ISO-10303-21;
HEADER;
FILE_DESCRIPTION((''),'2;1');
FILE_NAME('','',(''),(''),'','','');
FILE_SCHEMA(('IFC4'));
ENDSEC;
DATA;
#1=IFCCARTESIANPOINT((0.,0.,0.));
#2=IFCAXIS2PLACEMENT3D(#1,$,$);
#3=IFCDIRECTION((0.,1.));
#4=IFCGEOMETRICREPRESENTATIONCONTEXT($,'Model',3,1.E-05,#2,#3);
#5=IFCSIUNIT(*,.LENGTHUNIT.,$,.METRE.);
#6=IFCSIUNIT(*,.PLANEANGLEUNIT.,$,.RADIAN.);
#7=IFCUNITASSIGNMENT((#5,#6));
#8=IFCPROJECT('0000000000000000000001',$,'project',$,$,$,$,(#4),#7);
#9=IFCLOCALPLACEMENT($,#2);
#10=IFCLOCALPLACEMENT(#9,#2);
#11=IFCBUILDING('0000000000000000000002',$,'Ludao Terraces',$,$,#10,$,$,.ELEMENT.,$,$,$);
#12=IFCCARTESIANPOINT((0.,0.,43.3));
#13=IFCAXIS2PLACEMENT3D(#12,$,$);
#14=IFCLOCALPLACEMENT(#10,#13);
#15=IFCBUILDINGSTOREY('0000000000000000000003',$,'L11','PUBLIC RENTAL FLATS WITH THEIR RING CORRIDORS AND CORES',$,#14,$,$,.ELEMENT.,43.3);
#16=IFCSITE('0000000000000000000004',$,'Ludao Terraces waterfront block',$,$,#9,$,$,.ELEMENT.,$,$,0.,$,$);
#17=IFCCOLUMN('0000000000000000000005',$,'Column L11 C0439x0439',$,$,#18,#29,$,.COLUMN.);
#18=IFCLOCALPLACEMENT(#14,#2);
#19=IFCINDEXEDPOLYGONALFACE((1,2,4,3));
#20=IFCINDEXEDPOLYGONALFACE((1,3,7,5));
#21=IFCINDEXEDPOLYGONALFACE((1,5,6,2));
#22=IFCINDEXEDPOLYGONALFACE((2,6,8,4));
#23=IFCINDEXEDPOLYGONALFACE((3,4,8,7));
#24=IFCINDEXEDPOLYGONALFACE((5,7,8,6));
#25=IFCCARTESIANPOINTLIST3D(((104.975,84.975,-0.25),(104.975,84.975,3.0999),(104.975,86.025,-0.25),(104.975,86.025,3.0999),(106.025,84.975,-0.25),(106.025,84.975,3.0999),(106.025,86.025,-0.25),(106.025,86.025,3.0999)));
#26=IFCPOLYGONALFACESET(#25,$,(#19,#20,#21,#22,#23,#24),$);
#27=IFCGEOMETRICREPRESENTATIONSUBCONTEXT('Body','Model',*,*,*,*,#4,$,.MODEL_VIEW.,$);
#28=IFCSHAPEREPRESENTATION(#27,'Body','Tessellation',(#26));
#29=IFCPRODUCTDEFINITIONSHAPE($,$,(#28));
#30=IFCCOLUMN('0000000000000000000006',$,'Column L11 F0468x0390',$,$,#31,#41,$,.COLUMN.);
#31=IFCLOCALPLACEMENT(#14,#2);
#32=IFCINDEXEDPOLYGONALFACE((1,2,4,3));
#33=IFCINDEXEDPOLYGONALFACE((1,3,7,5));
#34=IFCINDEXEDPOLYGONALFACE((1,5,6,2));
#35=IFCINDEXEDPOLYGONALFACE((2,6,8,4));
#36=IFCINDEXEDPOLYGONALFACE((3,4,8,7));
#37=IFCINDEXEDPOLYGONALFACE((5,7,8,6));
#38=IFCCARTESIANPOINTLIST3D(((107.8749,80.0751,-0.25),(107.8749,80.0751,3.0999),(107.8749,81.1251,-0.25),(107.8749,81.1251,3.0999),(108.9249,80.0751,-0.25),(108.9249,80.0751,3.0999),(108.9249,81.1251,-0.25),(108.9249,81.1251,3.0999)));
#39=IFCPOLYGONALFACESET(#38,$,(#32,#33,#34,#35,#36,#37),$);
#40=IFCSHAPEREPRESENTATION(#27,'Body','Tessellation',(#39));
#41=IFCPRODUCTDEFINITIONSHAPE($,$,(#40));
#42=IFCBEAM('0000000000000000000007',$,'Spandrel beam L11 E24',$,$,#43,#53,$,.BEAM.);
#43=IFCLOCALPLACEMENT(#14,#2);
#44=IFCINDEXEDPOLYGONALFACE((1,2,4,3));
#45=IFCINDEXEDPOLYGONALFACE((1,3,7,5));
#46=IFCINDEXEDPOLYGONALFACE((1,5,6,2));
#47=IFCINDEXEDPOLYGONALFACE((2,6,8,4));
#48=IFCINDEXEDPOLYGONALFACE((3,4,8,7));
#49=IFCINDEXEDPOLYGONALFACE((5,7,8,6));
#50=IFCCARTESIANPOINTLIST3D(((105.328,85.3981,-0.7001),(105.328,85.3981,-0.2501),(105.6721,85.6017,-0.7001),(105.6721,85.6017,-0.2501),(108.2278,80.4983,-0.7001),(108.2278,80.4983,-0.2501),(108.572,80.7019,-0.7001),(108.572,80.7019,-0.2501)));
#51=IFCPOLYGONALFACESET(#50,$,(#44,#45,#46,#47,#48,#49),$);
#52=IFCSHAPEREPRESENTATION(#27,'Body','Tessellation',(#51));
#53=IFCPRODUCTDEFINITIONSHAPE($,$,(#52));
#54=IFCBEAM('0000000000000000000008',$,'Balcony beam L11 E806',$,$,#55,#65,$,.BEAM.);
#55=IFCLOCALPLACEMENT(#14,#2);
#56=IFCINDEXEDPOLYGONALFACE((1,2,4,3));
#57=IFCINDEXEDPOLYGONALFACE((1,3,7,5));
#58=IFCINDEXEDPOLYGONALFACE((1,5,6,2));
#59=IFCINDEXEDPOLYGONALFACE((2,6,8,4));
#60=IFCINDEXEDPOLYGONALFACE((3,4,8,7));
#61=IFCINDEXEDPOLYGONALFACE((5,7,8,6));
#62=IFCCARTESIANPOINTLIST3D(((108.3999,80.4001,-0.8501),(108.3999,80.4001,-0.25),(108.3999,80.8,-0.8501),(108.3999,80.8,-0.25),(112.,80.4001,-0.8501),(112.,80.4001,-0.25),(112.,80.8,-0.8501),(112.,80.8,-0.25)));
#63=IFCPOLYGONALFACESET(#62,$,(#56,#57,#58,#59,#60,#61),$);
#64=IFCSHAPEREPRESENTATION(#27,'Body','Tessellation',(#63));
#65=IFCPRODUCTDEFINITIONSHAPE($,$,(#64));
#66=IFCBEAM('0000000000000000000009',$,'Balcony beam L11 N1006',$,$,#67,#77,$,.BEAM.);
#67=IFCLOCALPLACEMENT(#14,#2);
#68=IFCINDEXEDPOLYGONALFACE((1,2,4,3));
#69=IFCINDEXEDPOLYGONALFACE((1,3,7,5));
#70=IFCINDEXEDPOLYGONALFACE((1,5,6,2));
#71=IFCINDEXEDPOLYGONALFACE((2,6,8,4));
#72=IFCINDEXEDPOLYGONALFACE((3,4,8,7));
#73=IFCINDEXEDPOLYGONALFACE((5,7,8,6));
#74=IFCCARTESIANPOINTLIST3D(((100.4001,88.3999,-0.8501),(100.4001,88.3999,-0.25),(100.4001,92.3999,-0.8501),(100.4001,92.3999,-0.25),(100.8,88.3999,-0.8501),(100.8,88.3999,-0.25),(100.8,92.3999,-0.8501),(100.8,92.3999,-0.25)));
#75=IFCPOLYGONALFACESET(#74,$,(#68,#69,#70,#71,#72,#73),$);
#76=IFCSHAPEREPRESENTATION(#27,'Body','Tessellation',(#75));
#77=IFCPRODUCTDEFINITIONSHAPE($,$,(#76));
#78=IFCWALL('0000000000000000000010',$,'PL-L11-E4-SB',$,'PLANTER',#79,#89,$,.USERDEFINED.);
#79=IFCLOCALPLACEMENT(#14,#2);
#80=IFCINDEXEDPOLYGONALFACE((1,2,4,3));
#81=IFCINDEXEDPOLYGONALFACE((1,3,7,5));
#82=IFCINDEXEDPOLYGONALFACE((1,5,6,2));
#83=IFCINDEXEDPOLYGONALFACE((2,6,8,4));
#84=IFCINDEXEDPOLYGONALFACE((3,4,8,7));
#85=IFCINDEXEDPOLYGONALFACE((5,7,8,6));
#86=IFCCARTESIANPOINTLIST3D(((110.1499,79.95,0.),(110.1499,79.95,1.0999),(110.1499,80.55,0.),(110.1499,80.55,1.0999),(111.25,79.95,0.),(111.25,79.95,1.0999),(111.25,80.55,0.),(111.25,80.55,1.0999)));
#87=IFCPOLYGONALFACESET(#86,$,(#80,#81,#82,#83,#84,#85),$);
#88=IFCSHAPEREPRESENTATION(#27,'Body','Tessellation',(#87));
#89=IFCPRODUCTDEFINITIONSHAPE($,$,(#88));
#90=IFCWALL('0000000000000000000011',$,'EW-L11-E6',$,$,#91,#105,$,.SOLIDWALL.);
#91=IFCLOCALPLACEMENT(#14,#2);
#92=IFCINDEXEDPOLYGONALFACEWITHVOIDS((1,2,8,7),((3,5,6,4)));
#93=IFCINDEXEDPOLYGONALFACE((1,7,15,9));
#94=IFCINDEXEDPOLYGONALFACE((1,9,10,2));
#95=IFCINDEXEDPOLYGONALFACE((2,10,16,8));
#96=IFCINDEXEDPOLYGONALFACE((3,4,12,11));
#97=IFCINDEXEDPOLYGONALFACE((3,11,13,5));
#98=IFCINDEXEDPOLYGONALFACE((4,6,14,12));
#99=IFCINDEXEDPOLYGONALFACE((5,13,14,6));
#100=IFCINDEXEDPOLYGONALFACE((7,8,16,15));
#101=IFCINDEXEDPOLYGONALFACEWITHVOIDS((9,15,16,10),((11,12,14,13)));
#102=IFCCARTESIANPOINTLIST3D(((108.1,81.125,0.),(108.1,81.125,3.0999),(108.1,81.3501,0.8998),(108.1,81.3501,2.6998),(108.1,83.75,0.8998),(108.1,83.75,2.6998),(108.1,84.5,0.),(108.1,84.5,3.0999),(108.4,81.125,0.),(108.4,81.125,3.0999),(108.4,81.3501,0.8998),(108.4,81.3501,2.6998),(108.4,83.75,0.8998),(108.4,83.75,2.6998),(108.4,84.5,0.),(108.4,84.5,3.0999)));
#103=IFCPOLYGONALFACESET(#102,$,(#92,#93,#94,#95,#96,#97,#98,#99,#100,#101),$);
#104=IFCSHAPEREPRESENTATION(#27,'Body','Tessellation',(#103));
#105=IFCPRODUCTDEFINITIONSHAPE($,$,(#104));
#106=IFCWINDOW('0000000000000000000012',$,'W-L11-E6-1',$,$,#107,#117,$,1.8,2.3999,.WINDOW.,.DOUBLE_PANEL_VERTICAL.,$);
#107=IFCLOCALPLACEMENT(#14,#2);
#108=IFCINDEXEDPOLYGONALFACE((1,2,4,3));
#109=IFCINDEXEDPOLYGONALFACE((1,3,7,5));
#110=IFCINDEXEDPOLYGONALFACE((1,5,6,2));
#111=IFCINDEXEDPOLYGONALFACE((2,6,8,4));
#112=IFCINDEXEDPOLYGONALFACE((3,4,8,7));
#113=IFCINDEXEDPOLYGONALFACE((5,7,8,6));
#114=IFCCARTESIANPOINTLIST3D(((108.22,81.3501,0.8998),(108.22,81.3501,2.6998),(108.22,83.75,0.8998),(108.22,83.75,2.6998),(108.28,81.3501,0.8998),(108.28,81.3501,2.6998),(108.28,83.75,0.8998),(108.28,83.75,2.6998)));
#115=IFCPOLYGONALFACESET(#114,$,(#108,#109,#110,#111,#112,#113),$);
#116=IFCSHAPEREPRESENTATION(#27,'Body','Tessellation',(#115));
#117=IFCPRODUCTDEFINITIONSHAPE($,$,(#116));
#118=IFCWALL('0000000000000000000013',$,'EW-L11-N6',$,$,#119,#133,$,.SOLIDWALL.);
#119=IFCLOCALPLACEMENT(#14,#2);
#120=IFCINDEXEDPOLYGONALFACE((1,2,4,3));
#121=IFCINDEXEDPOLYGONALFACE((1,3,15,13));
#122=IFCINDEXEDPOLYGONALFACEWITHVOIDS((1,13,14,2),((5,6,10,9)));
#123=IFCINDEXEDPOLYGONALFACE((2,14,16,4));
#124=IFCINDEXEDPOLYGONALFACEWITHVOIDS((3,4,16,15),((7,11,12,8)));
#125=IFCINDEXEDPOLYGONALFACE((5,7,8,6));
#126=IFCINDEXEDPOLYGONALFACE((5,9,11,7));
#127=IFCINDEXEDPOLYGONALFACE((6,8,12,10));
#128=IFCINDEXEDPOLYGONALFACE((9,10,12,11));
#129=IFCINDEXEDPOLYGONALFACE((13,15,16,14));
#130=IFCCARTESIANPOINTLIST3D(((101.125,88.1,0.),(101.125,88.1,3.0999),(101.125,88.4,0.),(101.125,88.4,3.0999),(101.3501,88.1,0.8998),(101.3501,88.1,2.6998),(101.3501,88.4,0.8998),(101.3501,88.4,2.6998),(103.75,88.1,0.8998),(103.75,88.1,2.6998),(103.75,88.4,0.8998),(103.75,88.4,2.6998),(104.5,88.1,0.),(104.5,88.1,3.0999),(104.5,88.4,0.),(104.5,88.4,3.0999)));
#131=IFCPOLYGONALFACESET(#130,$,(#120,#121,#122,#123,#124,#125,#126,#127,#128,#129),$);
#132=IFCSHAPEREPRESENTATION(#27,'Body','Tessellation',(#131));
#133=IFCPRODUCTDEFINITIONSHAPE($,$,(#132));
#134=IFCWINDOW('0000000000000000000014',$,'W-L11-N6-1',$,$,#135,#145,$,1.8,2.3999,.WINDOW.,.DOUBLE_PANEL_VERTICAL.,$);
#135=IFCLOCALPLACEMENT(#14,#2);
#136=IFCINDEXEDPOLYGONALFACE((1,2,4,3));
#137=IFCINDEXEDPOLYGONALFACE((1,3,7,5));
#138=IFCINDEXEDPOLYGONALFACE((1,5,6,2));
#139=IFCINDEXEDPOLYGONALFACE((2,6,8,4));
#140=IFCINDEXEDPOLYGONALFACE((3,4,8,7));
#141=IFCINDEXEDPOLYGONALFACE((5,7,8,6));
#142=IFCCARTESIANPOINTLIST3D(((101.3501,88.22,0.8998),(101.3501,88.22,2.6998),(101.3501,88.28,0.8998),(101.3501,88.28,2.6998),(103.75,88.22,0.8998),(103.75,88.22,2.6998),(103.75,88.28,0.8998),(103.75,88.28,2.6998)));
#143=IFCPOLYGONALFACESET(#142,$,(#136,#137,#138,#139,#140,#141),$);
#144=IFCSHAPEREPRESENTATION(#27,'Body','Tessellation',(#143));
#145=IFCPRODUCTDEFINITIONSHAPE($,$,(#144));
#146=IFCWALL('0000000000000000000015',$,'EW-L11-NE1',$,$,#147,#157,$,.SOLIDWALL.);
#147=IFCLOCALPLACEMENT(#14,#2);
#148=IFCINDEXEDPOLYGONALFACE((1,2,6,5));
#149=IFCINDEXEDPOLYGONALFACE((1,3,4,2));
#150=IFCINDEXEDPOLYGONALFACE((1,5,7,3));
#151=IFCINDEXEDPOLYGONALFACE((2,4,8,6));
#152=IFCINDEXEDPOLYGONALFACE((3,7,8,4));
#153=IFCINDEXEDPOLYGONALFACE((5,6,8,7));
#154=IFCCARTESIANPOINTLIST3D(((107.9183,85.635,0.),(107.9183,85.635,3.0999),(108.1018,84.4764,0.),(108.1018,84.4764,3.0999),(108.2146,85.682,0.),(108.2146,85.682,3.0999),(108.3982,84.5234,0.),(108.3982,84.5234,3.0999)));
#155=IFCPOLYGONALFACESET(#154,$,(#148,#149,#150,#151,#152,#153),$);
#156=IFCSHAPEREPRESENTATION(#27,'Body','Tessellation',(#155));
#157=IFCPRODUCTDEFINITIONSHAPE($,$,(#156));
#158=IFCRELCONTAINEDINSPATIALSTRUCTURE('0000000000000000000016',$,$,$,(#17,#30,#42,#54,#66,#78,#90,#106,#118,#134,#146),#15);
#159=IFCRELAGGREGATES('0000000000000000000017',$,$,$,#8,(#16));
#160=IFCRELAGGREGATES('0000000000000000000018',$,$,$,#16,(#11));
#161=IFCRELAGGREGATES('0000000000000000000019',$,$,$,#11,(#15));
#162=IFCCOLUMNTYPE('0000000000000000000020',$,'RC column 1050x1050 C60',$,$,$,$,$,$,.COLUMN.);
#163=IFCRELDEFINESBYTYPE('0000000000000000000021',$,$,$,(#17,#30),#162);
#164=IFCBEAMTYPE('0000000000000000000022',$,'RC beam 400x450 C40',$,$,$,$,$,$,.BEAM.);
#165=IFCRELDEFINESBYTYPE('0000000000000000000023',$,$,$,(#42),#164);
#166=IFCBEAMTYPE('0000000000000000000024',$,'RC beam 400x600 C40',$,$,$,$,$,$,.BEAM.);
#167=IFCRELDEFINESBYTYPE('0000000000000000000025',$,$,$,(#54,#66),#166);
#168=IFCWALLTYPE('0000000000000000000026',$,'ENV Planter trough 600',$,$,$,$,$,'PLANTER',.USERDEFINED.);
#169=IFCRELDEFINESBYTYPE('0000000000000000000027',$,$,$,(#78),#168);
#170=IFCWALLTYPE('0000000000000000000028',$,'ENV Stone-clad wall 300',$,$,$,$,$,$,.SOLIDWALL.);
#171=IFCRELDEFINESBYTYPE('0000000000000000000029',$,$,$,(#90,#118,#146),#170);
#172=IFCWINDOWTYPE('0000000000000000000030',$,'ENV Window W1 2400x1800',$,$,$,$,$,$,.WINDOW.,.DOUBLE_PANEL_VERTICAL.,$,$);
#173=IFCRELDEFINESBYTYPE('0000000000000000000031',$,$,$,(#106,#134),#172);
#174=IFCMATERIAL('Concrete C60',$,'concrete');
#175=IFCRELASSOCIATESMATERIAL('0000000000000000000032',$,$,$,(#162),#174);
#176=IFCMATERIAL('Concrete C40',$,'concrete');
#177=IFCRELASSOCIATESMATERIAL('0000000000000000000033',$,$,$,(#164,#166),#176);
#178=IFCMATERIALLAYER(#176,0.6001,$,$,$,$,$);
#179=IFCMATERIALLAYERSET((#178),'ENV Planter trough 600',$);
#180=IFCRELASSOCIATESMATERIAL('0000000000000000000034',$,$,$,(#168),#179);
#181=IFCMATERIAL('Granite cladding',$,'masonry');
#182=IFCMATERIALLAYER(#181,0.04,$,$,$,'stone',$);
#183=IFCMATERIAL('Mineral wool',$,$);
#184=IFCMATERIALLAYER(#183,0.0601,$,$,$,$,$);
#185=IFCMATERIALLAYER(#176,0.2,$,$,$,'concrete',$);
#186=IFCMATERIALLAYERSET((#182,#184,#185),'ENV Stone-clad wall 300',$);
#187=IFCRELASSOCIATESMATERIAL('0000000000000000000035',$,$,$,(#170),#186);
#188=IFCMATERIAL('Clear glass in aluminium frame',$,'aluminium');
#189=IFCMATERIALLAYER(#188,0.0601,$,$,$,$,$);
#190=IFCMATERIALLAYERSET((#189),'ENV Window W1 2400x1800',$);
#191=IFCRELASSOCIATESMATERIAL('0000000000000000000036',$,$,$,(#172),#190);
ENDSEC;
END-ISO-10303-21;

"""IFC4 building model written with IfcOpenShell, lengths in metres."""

from ifc_helpers import new_model, si_unit, direction, frame, frame_2d, origin, origin_2d, place, context, subcontext, project, spatial, rectangle, extrude, material, layer, layer_set, material_profile, profile_set, type_object, element, fill, save


model = new_model("IFC4")

# Units and contexts
model_context = context("Model", 3, precision=1e-05, world=origin(), true_north=direction((0.0, 1.0)))
body_context = subcontext(model_context, "Body", "Model", "MODEL_VIEW")
ifc_project = project(units=[si_unit("LENGTHUNIT", "METRE"), si_unit("PLANEANGLEUNIT", "RADIAN")], contexts=[model_context])

# Site, building, storey
site_placement = place(None, origin())
site = spatial("IfcSite", under=ifc_project, at=site_placement, Name="Ludao Terraces waterfront block", CompositionType="ELEMENT", RefElevation=0.0)
building_placement = place(site_placement, origin())
building = spatial("IfcBuilding", under=site, at=building_placement, Name="Ludao Terraces", CompositionType="ELEMENT")
storey_placement = place(building_placement, frame((0.0, 0.0, 43.3)))
storey = spatial("IfcBuildingStorey", under=building, at=storey_placement, Name="L11", Description="PUBLIC RENTAL FLATS WITH THEIR RING CORRIDORS AND CORES", CompositionType="ELEMENT", Elevation=43.3)

# Columns
ifc_material_1 = material(Name="Concrete C60", Category="concrete")
ifc_material_profile_1 = material_profile(ifc_material_1, rectangle(XDim=1.05, YDim=1.05, at=origin_2d()), Name="1050 X 1050")
ifc_profile_set_1 = profile_set([ifc_material_profile_1], Name="Concrete C60")
column_type = type_object("IfcColumnType", Name="RC column 1050x1050 C60", PredefinedType="COLUMN", material=ifc_profile_set_1)
for number, where, z_axis, x_axis, name in (
    (1, (105.5, 85.5, -0.25), (0.0, 0.0, 1.0), (1.0, 0.0, 0.0), "Column L11 C0439x0439"),
    (2, (108.3999, 80.6001, -0.25), (0.0, 0.0, 1.0), (1.0, 0.0, 0.0), "Column L11 F0468x0390"),
):
    element("IfcColumn", number, at=place(storey_placement, frame(where, z_axis=z_axis, x_axis=x_axis)), inside=storey, type_object=column_type, Name=name, PredefinedType="COLUMN", context=body_context, shape_type="SweptSolid", body=[
        extrude(rectangle(XDim=1.05, YDim=1.05, at=origin_2d()), origin(), (0.0, 0.0, 1.0), 3.3499),
    ])

# Beams
ifc_material_2 = material(Name="Concrete C40", Category="concrete")
ifc_material_profile_2 = material_profile(ifc_material_2, rectangle(XDim=0.3999, YDim=0.45, at=origin_2d()), Name="400 X 450")
ifc_profile_set_2 = profile_set([ifc_material_profile_2], Name="Concrete C40")
beam_type_1 = type_object("IfcBeamType", Name="RC beam 400x450 C40", PredefinedType="BEAM", material=ifc_profile_set_2)
beam_1_placement = place(storey_placement, frame((108.3999, 80.6001, -0.4751), z_axis=(-0.509316, 0.86058, 0.0), x_axis=(-0.86058, -0.509316, 0.0)))
element("IfcBeam", 3, at=beam_1_placement, inside=storey, type_object=beam_type_1, Name="Spandrel beam L11 E24", PredefinedType="BEAM", context=body_context, shape_type="SweptSolid", body=[
    extrude(rectangle(XDim=0.3999, YDim=0.45, at=origin_2d()), origin(), (0.0, 0.0, 1.0), 5.6936),
])
ifc_material_profile_3 = material_profile(ifc_material_2, rectangle(XDim=0.3999, YDim=0.6001, at=origin_2d()), Name="400 X 600")
ifc_profile_set_3 = profile_set([ifc_material_profile_3], Name="Concrete C40")
beam_type_2 = type_object("IfcBeamType", Name="RC beam 400x600 C40", PredefinedType="BEAM", material=ifc_profile_set_3)
beam_2_placement = place(storey_placement, frame((108.3999, 80.6001, -0.55), z_axis=(1.0, 0.0, 0.0), x_axis=(0.0, 1.0, 0.0)))
element("IfcBeam", 4, at=beam_2_placement, inside=storey, type_object=beam_type_2, Name="Balcony beam L11 E806", PredefinedType="BEAM", context=body_context, shape_type="SweptSolid", body=[
    extrude(rectangle(XDim=0.3999, YDim=0.6001, at=origin_2d()), origin(), (0.0, 0.0, 1.0), 3.6001),
])
beam_3_placement = place(storey_placement, frame((100.6001, 88.3999, -0.55), z_axis=(0.0, 1.0, 0.0), x_axis=(-1.0, 0.0, 0.0)))
element("IfcBeam", 5, at=beam_3_placement, inside=storey, type_object=beam_type_2, Name="Balcony beam L11 N1006", PredefinedType="BEAM", context=body_context, shape_type="SweptSolid", body=[
    extrude(rectangle(XDim=0.3999, YDim=0.6001, at=origin_2d()), origin(), (0.0, 0.0, 1.0), 4.0),
])

# Wall
ifc_layer_1 = layer(ifc_material_2, 0.6001)
ifc_layer_set_1 = layer_set([ifc_layer_1], Name="ENV Planter trough 600")
wall_type_1 = type_object("IfcWallType", Name="ENV Planter trough 600", ElementType="PLANTER", PredefinedType="USERDEFINED", material=ifc_layer_set_1)
wall_1_placement = place(storey_placement, frame((111.25, 80.25, 0.0), z_axis=(0.0, 0.0, 1.0), x_axis=(-1.0, 0.0, 0.0)))
element("IfcWall", 6, at=wall_1_placement, inside=storey, type_object=wall_type_1, Name="PL-L11-E4-SB", ObjectType="PLANTER", PredefinedType="USERDEFINED", context=body_context, shape_type="SweptSolid", body=[
    extrude(rectangle(XDim=1.1001, YDim=0.6001, at=frame_2d((0.55, 0.0))), origin(), (0.0, 0.0, 1.0), 1.0999),
])

# Walls, openings, windows
ifc_material_3 = material(Name="Granite cladding", Category="masonry")
ifc_layer_2 = layer(ifc_material_3, 0.04, Category="stone")
ifc_material_4 = material(Name="Mineral wool")
ifc_layer_3 = layer(ifc_material_4, 0.0601)
ifc_layer_4 = layer(ifc_material_2, 0.2, Category="concrete")
ifc_layer_set_2 = layer_set([ifc_layer_2, ifc_layer_3, ifc_layer_4], Name="ENV Stone-clad wall 300")
wall_type_2 = type_object("IfcWallType", Name="ENV Stone-clad wall 300", PredefinedType="SOLIDWALL", material=ifc_layer_set_2)
wall_2_placement = place(storey_placement, frame((108.25, 81.125, 0.0), z_axis=(0.0, 0.0, 1.0), x_axis=(0.0, 1.0, 0.0)))
wall_2 = element("IfcWall", 7, at=wall_2_placement, inside=storey, type_object=wall_type_2, Name="EW-L11-E6", PredefinedType="SOLIDWALL", context=body_context, shape_type="SweptSolid", body=[
    extrude(rectangle(XDim=3.375, YDim=0.3, at=frame_2d((1.6875, 0.0))), origin(), (0.0, 0.0, 1.0), 3.0999),
])
opening_1_placement = place(wall_2_placement, frame((0.2251, 0.0, 0.8999)))
opening_1 = element("IfcOpeningElement", 8, at=opening_1_placement, cuts=wall_2, PredefinedType="OPENING", context=body_context, shape_type="SweptSolid", body=[
    extrude(rectangle(XDim=2.3999, YDim=1.8, at=frame_2d((1.2, 0.8999))), frame((0.0, 0.1602, 0.0), z_axis=(0.0, -1.0, 0.0), x_axis=(1.0, 0.0, 0.0)), (0.0, 0.0, 1.0), 0.3201),
])
ifc_material_5 = material(Name="Clear glass in aluminium frame", Category="aluminium")
ifc_layer_5 = layer(ifc_material_5, 0.0601)
ifc_layer_set_3 = layer_set([ifc_layer_5], Name="ENV Window W1 2400x1800")
window_type_1 = type_object("IfcWindowType", Name="ENV Window W1 2400x1800", PartitioningType="DOUBLE_PANEL_VERTICAL", PredefinedType="WINDOW", material=ifc_layer_set_3)
window_1_placement = place(opening_1_placement, origin())
window_1 = element("IfcWindow", 9, at=window_1_placement, inside=storey, type_object=window_type_1, Name="W-L11-E6-1", OverallHeight=1.8, OverallWidth=2.3999, PartitioningType="DOUBLE_PANEL_VERTICAL", PredefinedType="WINDOW", context=body_context, shape_type="SweptSolid", body=[
    extrude(rectangle(XDim=2.3999, YDim=1.8, at=frame_2d((1.2, 0.8999))), frame((0.0, 0.03, 0.0), z_axis=(0.0, -1.0, 0.0), x_axis=(1.0, 0.0, 0.0)), (0.0, 0.0, 1.0), 0.0601),
])
fill(opening_1, window_1)
wall_3_placement = place(storey_placement, frame((101.125, 88.25, 0.0), z_axis=(0.0, 0.0, 1.0), x_axis=(1.0, 0.0, 0.0)))
wall_3 = element("IfcWall", 10, at=wall_3_placement, inside=storey, type_object=wall_type_2, Name="EW-L11-N6", PredefinedType="SOLIDWALL", context=body_context, shape_type="SweptSolid", body=[
    extrude(rectangle(XDim=3.375, YDim=0.3, at=frame_2d((1.6875, 0.0))), origin(), (0.0, 0.0, 1.0), 3.0999),
])
opening_2_placement = place(wall_3_placement, frame((0.2251, 0.0, 0.8999)))
opening_2 = element("IfcOpeningElement", 11, at=opening_2_placement, cuts=wall_3, PredefinedType="OPENING", context=body_context, shape_type="SweptSolid", body=[
    extrude(rectangle(XDim=2.3999, YDim=1.8, at=frame_2d((1.2, 0.8999))), frame((0.0, 0.1602, 0.0), z_axis=(0.0, -1.0, 0.0), x_axis=(1.0, 0.0, 0.0)), (0.0, 0.0, 1.0), 0.3201),
])
window_2_placement = place(opening_2_placement, origin())
window_2 = element("IfcWindow", 12, at=window_2_placement, inside=storey, type_object=window_type_1, Name="W-L11-N6-1", OverallHeight=1.8, OverallWidth=2.3999, PartitioningType="DOUBLE_PANEL_VERTICAL", PredefinedType="WINDOW", context=body_context, shape_type="SweptSolid", body=[
    extrude(rectangle(XDim=2.3999, YDim=1.8, at=frame_2d((1.2, 0.8999))), frame((0.0, 0.03, 0.0), z_axis=(0.0, -1.0, 0.0), x_axis=(1.0, 0.0, 0.0)), (0.0, 0.0, 1.0), 0.0601),
])
fill(opening_2, window_2)

# Wall
wall_4_placement = place(storey_placement, frame((108.25, 84.5, 0.0), z_axis=(0.0, 0.0, 1.0), x_axis=(-0.156497, 0.987678, 0.0)))
element("IfcWall", 13, at=wall_4_placement, inside=storey, type_object=wall_type_2, Name="EW-L11-NE1", PredefinedType="SOLIDWALL", context=body_context, shape_type="SweptSolid", body=[
    extrude(rectangle(XDim=1.1731, YDim=0.3, at=frame_2d((0.5864, 0.0))), origin(), (0.0, 0.0, 1.0), 3.0999),
])

save(model, "model.ifc")
